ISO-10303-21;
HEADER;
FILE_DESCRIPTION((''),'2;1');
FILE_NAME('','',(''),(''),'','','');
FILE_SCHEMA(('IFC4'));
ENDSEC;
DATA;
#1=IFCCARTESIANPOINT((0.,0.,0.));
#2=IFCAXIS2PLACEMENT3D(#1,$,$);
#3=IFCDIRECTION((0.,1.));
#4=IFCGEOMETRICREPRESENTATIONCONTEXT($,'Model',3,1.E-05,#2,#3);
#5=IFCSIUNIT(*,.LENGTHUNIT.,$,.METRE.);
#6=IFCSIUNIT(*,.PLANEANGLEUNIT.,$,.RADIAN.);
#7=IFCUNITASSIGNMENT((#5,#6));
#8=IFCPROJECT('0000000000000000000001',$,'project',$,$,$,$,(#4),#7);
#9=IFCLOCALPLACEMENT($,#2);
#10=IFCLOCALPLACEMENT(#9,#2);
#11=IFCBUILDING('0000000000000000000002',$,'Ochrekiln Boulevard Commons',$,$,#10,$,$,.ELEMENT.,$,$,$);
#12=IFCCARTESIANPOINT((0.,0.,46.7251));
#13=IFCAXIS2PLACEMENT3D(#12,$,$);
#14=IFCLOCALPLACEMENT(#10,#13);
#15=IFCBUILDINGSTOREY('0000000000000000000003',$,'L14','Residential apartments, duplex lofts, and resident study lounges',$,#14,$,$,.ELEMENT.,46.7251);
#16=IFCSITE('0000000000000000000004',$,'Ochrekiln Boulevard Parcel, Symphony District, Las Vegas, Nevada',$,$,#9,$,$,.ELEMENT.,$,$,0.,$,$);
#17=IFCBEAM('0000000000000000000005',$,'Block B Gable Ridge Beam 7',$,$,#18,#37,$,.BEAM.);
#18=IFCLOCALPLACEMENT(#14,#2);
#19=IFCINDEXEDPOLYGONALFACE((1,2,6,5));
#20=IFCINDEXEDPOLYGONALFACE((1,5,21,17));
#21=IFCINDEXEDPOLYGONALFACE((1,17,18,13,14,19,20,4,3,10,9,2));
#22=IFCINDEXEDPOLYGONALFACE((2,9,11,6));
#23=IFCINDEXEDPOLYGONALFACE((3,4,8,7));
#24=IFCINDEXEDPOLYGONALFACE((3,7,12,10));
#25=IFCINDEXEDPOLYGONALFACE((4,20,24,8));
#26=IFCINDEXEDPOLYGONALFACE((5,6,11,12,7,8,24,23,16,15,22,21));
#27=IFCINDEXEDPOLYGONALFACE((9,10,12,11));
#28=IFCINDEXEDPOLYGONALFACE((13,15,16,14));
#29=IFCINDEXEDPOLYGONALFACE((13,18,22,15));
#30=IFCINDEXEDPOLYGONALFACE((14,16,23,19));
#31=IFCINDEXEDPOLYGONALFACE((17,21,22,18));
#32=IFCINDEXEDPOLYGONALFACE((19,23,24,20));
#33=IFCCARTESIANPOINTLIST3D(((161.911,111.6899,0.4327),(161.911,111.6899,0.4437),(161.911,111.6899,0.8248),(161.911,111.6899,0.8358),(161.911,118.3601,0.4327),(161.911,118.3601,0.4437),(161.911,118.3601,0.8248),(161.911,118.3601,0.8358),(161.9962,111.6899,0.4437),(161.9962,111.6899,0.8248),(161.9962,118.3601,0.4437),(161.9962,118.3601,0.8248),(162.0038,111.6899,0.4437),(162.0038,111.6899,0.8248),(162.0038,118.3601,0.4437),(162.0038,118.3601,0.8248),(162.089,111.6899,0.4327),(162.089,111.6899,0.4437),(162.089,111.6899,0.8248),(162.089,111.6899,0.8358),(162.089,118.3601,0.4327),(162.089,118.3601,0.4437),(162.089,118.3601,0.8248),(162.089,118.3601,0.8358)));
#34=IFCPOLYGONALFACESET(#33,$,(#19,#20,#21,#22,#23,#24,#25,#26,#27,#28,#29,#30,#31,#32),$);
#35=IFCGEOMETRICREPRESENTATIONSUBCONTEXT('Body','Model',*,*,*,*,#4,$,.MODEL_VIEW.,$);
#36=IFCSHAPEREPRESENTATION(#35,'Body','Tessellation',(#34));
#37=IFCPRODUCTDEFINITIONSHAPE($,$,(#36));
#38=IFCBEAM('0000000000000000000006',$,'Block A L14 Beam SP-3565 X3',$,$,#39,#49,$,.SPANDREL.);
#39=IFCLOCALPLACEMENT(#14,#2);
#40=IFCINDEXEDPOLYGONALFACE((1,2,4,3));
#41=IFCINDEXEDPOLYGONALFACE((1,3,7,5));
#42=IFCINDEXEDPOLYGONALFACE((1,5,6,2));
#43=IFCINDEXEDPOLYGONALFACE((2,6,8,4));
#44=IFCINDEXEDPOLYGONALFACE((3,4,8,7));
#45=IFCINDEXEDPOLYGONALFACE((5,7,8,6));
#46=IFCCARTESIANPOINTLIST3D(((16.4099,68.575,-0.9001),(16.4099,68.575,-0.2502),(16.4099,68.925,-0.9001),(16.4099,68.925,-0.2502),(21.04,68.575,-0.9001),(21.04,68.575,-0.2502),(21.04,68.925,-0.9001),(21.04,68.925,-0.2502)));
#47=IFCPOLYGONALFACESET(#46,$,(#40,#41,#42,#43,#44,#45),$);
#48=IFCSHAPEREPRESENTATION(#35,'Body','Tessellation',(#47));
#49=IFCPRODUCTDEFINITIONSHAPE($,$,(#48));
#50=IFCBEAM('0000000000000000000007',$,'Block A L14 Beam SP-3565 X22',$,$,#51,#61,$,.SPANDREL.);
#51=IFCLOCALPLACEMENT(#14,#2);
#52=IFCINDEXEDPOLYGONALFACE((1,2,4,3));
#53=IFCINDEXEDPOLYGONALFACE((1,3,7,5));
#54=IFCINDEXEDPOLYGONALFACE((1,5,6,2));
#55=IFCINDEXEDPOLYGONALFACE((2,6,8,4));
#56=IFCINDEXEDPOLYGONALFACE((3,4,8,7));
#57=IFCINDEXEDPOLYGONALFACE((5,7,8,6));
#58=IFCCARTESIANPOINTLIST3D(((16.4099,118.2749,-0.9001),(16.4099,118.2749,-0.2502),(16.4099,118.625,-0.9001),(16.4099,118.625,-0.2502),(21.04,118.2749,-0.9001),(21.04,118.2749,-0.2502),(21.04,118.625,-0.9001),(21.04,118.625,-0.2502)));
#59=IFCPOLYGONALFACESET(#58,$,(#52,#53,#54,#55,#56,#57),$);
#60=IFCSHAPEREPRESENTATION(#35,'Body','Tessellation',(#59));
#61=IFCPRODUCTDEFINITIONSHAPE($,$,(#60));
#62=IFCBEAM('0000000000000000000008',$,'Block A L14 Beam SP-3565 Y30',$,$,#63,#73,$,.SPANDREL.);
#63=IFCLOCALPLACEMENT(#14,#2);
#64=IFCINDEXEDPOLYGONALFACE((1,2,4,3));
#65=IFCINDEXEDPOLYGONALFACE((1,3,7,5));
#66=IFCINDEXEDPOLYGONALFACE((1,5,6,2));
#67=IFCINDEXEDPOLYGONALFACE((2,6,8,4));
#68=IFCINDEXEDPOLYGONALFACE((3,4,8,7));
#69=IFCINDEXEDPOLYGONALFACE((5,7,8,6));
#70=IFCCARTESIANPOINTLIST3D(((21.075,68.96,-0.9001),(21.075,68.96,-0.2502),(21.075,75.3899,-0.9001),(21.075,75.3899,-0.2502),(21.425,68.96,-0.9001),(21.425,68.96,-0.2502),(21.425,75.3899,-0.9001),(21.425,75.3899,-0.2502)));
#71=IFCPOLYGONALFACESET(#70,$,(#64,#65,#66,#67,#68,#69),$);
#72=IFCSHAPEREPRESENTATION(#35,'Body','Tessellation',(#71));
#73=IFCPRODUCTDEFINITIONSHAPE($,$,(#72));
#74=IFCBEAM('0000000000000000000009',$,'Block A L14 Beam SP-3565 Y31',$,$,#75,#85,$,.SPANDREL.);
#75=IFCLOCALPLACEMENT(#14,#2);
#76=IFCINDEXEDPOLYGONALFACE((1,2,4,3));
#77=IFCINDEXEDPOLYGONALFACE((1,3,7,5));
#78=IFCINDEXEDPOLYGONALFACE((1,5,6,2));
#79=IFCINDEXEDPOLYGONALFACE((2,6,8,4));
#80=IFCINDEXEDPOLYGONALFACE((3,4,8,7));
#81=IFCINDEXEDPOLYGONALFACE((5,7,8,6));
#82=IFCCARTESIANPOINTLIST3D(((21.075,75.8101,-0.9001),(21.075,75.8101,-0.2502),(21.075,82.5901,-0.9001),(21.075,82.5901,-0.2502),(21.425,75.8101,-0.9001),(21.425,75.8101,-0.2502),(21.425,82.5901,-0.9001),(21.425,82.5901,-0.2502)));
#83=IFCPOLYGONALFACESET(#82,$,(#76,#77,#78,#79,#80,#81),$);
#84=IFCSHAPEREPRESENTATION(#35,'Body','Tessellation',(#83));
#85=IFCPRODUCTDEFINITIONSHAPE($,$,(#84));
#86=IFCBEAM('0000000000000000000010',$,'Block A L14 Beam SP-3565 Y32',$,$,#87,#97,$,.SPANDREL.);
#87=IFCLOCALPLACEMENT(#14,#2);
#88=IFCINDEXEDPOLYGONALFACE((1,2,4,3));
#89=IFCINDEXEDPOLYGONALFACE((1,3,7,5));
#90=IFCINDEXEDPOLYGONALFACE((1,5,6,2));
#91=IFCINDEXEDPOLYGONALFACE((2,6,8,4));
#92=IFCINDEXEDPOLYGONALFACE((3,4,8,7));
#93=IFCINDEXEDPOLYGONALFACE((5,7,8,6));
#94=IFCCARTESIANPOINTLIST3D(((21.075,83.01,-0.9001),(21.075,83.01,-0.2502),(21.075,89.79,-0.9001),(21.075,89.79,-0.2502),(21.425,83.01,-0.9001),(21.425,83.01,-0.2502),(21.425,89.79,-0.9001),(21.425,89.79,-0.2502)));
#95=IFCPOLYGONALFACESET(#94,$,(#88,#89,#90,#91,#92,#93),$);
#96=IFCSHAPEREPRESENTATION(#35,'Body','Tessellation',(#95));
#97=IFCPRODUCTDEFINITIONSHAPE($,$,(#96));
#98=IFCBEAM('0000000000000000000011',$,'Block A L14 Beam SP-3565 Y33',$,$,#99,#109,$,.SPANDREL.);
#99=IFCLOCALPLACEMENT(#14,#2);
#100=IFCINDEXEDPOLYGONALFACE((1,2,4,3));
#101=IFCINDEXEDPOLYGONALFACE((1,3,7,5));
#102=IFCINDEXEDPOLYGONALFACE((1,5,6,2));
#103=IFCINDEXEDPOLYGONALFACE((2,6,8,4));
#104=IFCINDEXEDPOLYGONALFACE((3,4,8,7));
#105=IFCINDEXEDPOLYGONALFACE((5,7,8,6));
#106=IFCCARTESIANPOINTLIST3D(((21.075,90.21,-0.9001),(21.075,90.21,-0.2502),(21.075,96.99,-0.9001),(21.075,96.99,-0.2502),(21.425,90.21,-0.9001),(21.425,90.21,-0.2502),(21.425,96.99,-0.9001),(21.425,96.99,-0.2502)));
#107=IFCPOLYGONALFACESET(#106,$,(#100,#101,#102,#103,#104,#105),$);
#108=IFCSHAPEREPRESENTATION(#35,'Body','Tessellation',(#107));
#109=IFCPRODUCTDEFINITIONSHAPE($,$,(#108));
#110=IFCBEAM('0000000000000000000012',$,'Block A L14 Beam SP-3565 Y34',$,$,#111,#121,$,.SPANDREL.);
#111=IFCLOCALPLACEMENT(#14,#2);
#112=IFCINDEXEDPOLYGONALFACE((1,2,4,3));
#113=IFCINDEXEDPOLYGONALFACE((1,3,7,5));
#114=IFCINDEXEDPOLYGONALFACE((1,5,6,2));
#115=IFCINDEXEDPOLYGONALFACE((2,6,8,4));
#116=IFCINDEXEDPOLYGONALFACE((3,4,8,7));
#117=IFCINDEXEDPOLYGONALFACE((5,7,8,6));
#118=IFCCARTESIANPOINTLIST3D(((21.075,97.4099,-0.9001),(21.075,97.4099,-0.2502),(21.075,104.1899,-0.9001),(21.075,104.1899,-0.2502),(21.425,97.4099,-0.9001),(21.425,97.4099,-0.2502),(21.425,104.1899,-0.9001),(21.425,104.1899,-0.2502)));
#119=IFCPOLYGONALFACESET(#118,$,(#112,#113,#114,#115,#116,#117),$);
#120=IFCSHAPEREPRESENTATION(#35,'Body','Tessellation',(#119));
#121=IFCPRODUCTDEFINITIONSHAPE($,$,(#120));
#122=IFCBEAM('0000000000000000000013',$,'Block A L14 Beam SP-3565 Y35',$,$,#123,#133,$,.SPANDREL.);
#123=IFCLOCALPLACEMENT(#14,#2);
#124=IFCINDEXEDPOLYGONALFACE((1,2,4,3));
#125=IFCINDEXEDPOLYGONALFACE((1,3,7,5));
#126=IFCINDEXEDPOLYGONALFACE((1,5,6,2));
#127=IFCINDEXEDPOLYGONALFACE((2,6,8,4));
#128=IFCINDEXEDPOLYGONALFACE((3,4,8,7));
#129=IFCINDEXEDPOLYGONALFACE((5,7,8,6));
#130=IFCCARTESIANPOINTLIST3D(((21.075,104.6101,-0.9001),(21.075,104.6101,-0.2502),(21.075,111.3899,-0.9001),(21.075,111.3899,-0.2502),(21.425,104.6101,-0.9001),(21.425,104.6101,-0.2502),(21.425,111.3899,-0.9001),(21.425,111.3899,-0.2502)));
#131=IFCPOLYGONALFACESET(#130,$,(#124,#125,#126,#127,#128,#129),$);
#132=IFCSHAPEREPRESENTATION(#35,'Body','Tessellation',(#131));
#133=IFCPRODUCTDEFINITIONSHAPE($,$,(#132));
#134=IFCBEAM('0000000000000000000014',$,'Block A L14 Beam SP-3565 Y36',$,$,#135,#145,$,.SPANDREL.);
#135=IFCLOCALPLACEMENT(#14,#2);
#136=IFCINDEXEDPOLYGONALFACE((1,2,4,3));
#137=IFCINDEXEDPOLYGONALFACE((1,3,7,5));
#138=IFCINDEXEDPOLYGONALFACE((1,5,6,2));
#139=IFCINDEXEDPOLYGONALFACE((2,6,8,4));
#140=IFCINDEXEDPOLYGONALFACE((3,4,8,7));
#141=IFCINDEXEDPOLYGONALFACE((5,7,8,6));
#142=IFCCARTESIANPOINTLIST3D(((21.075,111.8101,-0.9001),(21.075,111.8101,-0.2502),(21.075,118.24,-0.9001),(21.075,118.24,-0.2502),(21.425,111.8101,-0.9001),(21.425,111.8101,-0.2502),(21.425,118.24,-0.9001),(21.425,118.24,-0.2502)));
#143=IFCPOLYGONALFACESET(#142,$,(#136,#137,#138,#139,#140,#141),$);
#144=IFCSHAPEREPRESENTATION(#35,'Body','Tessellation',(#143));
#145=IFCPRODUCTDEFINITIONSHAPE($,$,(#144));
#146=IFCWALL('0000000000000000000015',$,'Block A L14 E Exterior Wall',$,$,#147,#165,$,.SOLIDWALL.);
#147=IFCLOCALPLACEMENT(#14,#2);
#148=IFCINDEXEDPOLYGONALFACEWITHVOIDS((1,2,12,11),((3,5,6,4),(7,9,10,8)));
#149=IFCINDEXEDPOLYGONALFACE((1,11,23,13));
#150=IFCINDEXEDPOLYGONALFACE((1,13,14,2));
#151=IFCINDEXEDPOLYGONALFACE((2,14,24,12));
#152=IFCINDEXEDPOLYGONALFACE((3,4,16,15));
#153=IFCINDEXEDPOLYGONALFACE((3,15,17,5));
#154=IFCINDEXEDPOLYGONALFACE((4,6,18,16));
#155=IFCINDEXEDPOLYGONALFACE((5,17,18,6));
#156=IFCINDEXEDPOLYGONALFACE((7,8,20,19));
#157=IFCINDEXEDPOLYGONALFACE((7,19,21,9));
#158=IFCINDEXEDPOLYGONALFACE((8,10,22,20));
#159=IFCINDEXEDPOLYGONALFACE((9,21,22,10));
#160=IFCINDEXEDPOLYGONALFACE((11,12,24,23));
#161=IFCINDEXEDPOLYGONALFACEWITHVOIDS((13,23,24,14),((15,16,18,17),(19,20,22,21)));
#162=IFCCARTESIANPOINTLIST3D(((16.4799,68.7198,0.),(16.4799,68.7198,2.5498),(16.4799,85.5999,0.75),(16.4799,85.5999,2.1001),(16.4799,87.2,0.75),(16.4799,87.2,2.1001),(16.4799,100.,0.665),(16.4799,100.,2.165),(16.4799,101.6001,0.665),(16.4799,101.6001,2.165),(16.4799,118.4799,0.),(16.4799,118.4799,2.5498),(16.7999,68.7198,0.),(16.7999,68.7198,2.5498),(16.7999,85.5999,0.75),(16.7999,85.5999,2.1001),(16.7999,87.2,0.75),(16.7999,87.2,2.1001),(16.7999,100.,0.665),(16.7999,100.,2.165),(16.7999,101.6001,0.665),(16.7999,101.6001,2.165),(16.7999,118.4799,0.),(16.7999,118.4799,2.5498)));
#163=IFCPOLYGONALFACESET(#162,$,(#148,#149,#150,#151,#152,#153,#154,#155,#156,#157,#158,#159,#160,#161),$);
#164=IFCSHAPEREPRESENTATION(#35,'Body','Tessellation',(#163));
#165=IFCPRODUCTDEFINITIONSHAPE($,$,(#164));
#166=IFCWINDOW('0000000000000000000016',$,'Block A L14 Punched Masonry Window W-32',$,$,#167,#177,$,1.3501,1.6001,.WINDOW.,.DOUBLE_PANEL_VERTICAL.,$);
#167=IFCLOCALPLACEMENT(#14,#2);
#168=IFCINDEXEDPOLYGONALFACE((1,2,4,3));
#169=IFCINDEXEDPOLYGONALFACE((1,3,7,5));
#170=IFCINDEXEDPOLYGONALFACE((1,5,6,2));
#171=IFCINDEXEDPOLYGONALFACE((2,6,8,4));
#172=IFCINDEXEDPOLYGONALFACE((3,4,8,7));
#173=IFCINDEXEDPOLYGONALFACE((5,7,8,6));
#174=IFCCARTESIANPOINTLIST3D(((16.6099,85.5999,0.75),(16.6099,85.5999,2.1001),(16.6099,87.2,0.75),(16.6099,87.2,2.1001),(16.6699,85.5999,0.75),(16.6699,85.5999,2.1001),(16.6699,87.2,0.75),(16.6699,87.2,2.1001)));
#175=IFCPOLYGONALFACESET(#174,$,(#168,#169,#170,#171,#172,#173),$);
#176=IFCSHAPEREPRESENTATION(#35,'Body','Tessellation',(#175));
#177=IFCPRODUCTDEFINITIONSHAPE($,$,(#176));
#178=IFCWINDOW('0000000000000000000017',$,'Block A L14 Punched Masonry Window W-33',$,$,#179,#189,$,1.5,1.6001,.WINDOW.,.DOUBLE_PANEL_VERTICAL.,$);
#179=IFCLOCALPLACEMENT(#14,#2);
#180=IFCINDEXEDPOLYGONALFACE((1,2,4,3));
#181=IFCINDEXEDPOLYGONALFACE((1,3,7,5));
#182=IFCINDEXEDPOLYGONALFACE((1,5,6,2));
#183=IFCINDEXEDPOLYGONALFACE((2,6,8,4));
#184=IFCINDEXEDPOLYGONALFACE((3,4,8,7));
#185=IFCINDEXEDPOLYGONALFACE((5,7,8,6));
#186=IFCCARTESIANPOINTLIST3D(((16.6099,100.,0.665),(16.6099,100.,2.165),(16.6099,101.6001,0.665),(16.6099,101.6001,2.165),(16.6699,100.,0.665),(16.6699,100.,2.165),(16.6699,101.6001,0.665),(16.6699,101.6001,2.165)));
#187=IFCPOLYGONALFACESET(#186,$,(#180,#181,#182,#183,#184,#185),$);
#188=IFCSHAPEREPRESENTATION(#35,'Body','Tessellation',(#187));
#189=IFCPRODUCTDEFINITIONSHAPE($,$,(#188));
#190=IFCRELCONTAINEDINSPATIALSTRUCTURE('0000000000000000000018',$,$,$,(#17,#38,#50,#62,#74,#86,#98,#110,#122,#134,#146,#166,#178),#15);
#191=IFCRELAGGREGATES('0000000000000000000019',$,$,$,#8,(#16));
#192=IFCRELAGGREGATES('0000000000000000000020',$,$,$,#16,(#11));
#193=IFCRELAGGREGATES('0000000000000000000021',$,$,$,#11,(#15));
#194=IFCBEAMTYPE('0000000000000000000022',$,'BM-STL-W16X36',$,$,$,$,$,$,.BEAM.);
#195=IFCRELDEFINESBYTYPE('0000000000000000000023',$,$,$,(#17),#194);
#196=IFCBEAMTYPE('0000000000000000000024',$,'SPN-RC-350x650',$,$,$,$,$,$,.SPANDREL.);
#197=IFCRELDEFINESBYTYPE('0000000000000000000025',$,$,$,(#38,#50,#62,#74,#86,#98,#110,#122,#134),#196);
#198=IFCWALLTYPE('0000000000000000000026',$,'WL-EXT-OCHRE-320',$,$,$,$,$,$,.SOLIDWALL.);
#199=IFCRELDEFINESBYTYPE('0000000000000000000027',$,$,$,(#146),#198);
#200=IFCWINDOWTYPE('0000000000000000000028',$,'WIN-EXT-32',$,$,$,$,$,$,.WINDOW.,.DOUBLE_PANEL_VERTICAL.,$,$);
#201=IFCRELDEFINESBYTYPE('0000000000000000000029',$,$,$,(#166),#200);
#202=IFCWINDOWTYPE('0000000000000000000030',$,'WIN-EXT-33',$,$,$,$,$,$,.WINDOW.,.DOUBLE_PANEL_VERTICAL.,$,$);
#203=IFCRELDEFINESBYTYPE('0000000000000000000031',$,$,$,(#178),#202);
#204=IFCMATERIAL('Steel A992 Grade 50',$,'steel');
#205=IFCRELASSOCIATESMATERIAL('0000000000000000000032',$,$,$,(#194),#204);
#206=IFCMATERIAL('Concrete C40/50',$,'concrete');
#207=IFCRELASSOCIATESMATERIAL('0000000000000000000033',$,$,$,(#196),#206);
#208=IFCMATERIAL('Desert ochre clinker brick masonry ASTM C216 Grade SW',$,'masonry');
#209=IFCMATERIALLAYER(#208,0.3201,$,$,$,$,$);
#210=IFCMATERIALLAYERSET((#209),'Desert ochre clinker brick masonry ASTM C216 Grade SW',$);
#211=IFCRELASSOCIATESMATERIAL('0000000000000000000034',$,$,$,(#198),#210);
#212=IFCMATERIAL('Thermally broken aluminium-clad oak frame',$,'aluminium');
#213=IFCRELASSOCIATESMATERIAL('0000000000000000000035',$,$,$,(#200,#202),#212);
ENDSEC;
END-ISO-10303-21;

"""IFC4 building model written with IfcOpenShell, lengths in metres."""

from ifc_helpers import new_model, si_unit, direction, frame, frame_2d, origin, origin_2d, place, context, subcontext, project, spatial, rectangle, i_section, extrude, material, layer, layer_set, material_profile, profile_set, type_object, element, fill, save


model = new_model("IFC4")

# Units and contexts
model_context = context("Model", 3, precision=1e-05, world=origin(), true_north=direction((0.0, 1.0)))
body_context = subcontext(model_context, "Body", "Model", "MODEL_VIEW")
ifc_project = project(units=[si_unit("LENGTHUNIT", "METRE"), si_unit("PLANEANGLEUNIT", "RADIAN")], contexts=[model_context])

# Site, building, storey
site_placement = place(None, origin())
site = spatial("IfcSite", under=ifc_project, at=site_placement, Name="Ochrekiln Boulevard Parcel, Symphony District, Las Vegas, Nevada", CompositionType="ELEMENT", RefElevation=0.0)
building_placement = place(site_placement, origin())
building = spatial("IfcBuilding", under=site, at=building_placement, Name="Ochrekiln Boulevard Commons", CompositionType="ELEMENT")
storey_placement = place(building_placement, frame((0.0, 0.0, 46.7251)))
storey = spatial("IfcBuildingStorey", under=building, at=storey_placement, Name="L14", Description="Residential apartments, duplex lofts, and resident study lounges", CompositionType="ELEMENT", Elevation=46.7251)

# Beams
ifc_material_1 = material(Name="Steel A992 Grade 50", Category="steel")
ifc_material_profile_1 = material_profile(ifc_material_1, i_section(OverallWidth=0.178, OverallDepth=0.4031, WebThickness=0.0076, FlangeThickness=0.011, at=origin_2d()), Name="W16X36")
ifc_profile_set_1 = profile_set([ifc_material_profile_1], Name="Steel A992 Grade 50")
beam_type_1 = type_object("IfcBeamType", Name="BM-STL-W16X36", PredefinedType="BEAM", material=ifc_profile_set_1)
beam_1_placement = place(storey_placement, frame((162.0, 111.6899, 0.6343), z_axis=(0.0, 1.0, 0.0), x_axis=(-1.0, 0.0, 0.0)))
element("IfcBeam", 1, at=beam_1_placement, inside=storey, type_object=beam_type_1, Name="Block B Gable Ridge Beam 7", PredefinedType="BEAM", context=body_context, shape_type="SweptSolid", body=[
    extrude(i_section(OverallWidth=0.178, OverallDepth=0.4031, WebThickness=0.0076, FlangeThickness=0.011, at=origin_2d()), origin(), (0.0, 0.0, 1.0), 6.6702),
])
ifc_material_2 = material(Name="Concrete C40/50", Category="concrete")
ifc_material_profile_2 = material_profile(ifc_material_2, rectangle(XDim=0.3501, YDim=0.6499, at=origin_2d()), Name="RC-SPN-350x650")
ifc_profile_set_2 = profile_set([ifc_material_profile_2], Name="Concrete C40/50")
beam_type_2 = type_object("IfcBeamType", Name="SPN-RC-350x650", PredefinedType="SPANDREL", material=ifc_profile_set_2)
for number, where, z_axis, x_axis, name in (
    (2, (16.4099, 68.75, -0.5752), (1.0, 0.0, 0.0), (0.0, 1.0, 0.0), "Block A L14 Beam SP-3565 X3"),
    (3, (16.4099, 118.45, -0.5752), (1.0, 0.0, 0.0), (0.0, 1.0, 0.0), "Block A L14 Beam SP-3565 X22"),
):
    element("IfcBeam", number, at=place(storey_placement, frame(where, z_axis=z_axis, x_axis=x_axis)), inside=storey, type_object=beam_type_2, Name=name, PredefinedType="SPANDREL", context=body_context, shape_type="SweptSolid", body=[
        extrude(rectangle(XDim=0.3501, YDim=0.6499, at=origin_2d()), origin(), (0.0, 0.0, 1.0), 4.6301),
    ])
beam_2_placement = place(storey_placement, frame((21.25, 68.96, -0.5752), z_axis=(0.0, 1.0, 0.0), x_axis=(-1.0, 0.0, 0.0)))
element("IfcBeam", 4, at=beam_2_placement, inside=storey, type_object=beam_type_2, Name="Block A L14 Beam SP-3565 Y30", PredefinedType="SPANDREL", context=body_context, shape_type="SweptSolid", body=[
    extrude(rectangle(XDim=0.3501, YDim=0.6499, at=origin_2d()), origin(), (0.0, 0.0, 1.0), 6.4299),
])
for number, where, z_axis, x_axis, name in (
    (5, (21.25, 75.8101, -0.5752), (0.0, 1.0, 0.0), (-1.0, 0.0, 0.0), "Block A L14 Beam SP-3565 Y31"),
    (6, (21.25, 83.01, -0.5752), (0.0, 1.0, 0.0), (-1.0, 0.0, 0.0), "Block A L14 Beam SP-3565 Y32"),
    (7, (21.25, 90.21, -0.5752), (0.0, 1.0, 0.0), (-1.0, 0.0, 0.0), "Block A L14 Beam SP-3565 Y33"),
    (8, (21.25, 97.4099, -0.5752), (0.0, 1.0, 0.0), (-1.0, 0.0, 0.0), "Block A L14 Beam SP-3565 Y34"),
):
    element("IfcBeam", number, at=place(storey_placement, frame(where, z_axis=z_axis, x_axis=x_axis)), inside=storey, type_object=beam_type_2, Name=name, PredefinedType="SPANDREL", context=body_context, shape_type="SweptSolid", body=[
        extrude(rectangle(XDim=0.3501, YDim=0.6499, at=origin_2d()), origin(), (0.0, 0.0, 1.0), 6.78),
    ])
beam_3_placement = place(storey_placement, frame((21.25, 104.6101, -0.5752), z_axis=(0.0, 1.0, 0.0), x_axis=(-1.0, 0.0, 0.0)))
element("IfcBeam", 9, at=beam_3_placement, inside=storey, type_object=beam_type_2, Name="Block A L14 Beam SP-3565 Y35", PredefinedType="SPANDREL", context=body_context, shape_type="SweptSolid", body=[
    extrude(rectangle(XDim=0.3501, YDim=0.6499, at=origin_2d()), origin(), (0.0, 0.0, 1.0), 6.7798),
])
beam_4_placement = place(storey_placement, frame((21.25, 111.8101, -0.5752), z_axis=(0.0, 1.0, 0.0), x_axis=(-1.0, 0.0, 0.0)))
element("IfcBeam", 10, at=beam_4_placement, inside=storey, type_object=beam_type_2, Name="Block A L14 Beam SP-3565 Y36", PredefinedType="SPANDREL", context=body_context, shape_type="SweptSolid", body=[
    extrude(rectangle(XDim=0.3501, YDim=0.6499, at=origin_2d()), origin(), (0.0, 0.0, 1.0), 6.4299),
])

# Wall, openings, windows
ifc_material_3 = material(Name="Desert ochre clinker brick masonry ASTM C216 Grade SW", Category="masonry")
ifc_layer = layer(ifc_material_3, 0.3201)
ifc_layer_set = layer_set([ifc_layer], Name="Desert ochre clinker brick masonry ASTM C216 Grade SW")
wall_type = type_object("IfcWallType", Name="WL-EXT-OCHRE-320", PredefinedType="SOLIDWALL", material=ifc_layer_set)
wall_placement = place(storey_placement, frame((16.6399, 68.72, 0.0), z_axis=(0.0, 0.0, 1.0), x_axis=(0.0, 1.0, 0.0)))
wall = element("IfcWall", 11, at=wall_placement, inside=storey, type_object=wall_type, Name="Block A L14 E Exterior Wall", PredefinedType="SOLIDWALL", context=body_context, shape_type="SweptSolid", body=[
    extrude(rectangle(XDim=49.76, YDim=0.3201, at=frame_2d((24.8799, 0.0))), origin(), (0.0, 0.0, 1.0), 2.5498),
])
opening_1_placement = place(wall_placement, frame((16.8799, 0.0, 0.75)))
opening_1 = element("IfcOpeningElement", 12, at=opening_1_placement, cuts=wall, PredefinedType="OPENING", context=body_context, shape_type="SweptSolid", body=[
    extrude(rectangle(XDim=1.6001, YDim=1.3501, at=frame_2d((0.8, 0.675))), frame((0.0, 0.1699, 0.0), z_axis=(0.0, -1.0, 0.0), x_axis=(1.0, 0.0, 0.0)), (0.0, 0.0, 1.0), 0.3401),
])
opening_2_placement = place(wall_placement, frame((31.28, 0.0, 0.665)))
opening_2 = element("IfcOpeningElement", 13, at=opening_2_placement, cuts=wall, PredefinedType="OPENING", context=body_context, shape_type="SweptSolid", body=[
    extrude(rectangle(XDim=1.6001, YDim=1.5, at=frame_2d((0.8, 0.75))), frame((0.0, 0.1699, 0.0), z_axis=(0.0, -1.0, 0.0), x_axis=(1.0, 0.0, 0.0)), (0.0, 0.0, 1.0), 0.3401),
])
ifc_material_4 = material(Name="Thermally broken aluminium-clad oak frame", Category="aluminium")
window_type_1 = type_object("IfcWindowType", Name="WIN-EXT-32", PartitioningType="DOUBLE_PANEL_VERTICAL", PredefinedType="WINDOW", material=ifc_material_4)
window_1_placement = place(opening_1_placement, origin())
window_1 = element("IfcWindow", 14, at=window_1_placement, inside=storey, type_object=window_type_1, Name="Block A L14 Punched Masonry Window W-32", OverallHeight=1.3501, OverallWidth=1.6001, PartitioningType="DOUBLE_PANEL_VERTICAL", PredefinedType="WINDOW", context=body_context, shape_type="SweptSolid", body=[
    extrude(rectangle(XDim=1.6001, YDim=1.3501, at=frame_2d((0.8, 0.675))), frame((0.0, 0.03, 0.0), z_axis=(0.0, -1.0, 0.0), x_axis=(1.0, 0.0, 0.0)), (0.0, 0.0, 1.0), 0.0601),
])
fill(opening_1, window_1)
window_type_2 = type_object("IfcWindowType", Name="WIN-EXT-33", PartitioningType="DOUBLE_PANEL_VERTICAL", PredefinedType="WINDOW", material=ifc_material_4)
window_2_placement = place(opening_2_placement, origin())
window_2 = element("IfcWindow", 15, at=window_2_placement, inside=storey, type_object=window_type_2, Name="Block A L14 Punched Masonry Window W-33", OverallHeight=1.5, OverallWidth=1.6001, PartitioningType="DOUBLE_PANEL_VERTICAL", PredefinedType="WINDOW", context=body_context, shape_type="SweptSolid", body=[
    extrude(rectangle(XDim=1.6001, YDim=1.5, at=frame_2d((0.8, 0.75))), frame((0.0, 0.03, 0.0), z_axis=(0.0, -1.0, 0.0), x_axis=(1.0, 0.0, 0.0)), (0.0, 0.0, 1.0), 0.0601),
])
fill(opening_2, window_2)

save(model, "model.ifc")
